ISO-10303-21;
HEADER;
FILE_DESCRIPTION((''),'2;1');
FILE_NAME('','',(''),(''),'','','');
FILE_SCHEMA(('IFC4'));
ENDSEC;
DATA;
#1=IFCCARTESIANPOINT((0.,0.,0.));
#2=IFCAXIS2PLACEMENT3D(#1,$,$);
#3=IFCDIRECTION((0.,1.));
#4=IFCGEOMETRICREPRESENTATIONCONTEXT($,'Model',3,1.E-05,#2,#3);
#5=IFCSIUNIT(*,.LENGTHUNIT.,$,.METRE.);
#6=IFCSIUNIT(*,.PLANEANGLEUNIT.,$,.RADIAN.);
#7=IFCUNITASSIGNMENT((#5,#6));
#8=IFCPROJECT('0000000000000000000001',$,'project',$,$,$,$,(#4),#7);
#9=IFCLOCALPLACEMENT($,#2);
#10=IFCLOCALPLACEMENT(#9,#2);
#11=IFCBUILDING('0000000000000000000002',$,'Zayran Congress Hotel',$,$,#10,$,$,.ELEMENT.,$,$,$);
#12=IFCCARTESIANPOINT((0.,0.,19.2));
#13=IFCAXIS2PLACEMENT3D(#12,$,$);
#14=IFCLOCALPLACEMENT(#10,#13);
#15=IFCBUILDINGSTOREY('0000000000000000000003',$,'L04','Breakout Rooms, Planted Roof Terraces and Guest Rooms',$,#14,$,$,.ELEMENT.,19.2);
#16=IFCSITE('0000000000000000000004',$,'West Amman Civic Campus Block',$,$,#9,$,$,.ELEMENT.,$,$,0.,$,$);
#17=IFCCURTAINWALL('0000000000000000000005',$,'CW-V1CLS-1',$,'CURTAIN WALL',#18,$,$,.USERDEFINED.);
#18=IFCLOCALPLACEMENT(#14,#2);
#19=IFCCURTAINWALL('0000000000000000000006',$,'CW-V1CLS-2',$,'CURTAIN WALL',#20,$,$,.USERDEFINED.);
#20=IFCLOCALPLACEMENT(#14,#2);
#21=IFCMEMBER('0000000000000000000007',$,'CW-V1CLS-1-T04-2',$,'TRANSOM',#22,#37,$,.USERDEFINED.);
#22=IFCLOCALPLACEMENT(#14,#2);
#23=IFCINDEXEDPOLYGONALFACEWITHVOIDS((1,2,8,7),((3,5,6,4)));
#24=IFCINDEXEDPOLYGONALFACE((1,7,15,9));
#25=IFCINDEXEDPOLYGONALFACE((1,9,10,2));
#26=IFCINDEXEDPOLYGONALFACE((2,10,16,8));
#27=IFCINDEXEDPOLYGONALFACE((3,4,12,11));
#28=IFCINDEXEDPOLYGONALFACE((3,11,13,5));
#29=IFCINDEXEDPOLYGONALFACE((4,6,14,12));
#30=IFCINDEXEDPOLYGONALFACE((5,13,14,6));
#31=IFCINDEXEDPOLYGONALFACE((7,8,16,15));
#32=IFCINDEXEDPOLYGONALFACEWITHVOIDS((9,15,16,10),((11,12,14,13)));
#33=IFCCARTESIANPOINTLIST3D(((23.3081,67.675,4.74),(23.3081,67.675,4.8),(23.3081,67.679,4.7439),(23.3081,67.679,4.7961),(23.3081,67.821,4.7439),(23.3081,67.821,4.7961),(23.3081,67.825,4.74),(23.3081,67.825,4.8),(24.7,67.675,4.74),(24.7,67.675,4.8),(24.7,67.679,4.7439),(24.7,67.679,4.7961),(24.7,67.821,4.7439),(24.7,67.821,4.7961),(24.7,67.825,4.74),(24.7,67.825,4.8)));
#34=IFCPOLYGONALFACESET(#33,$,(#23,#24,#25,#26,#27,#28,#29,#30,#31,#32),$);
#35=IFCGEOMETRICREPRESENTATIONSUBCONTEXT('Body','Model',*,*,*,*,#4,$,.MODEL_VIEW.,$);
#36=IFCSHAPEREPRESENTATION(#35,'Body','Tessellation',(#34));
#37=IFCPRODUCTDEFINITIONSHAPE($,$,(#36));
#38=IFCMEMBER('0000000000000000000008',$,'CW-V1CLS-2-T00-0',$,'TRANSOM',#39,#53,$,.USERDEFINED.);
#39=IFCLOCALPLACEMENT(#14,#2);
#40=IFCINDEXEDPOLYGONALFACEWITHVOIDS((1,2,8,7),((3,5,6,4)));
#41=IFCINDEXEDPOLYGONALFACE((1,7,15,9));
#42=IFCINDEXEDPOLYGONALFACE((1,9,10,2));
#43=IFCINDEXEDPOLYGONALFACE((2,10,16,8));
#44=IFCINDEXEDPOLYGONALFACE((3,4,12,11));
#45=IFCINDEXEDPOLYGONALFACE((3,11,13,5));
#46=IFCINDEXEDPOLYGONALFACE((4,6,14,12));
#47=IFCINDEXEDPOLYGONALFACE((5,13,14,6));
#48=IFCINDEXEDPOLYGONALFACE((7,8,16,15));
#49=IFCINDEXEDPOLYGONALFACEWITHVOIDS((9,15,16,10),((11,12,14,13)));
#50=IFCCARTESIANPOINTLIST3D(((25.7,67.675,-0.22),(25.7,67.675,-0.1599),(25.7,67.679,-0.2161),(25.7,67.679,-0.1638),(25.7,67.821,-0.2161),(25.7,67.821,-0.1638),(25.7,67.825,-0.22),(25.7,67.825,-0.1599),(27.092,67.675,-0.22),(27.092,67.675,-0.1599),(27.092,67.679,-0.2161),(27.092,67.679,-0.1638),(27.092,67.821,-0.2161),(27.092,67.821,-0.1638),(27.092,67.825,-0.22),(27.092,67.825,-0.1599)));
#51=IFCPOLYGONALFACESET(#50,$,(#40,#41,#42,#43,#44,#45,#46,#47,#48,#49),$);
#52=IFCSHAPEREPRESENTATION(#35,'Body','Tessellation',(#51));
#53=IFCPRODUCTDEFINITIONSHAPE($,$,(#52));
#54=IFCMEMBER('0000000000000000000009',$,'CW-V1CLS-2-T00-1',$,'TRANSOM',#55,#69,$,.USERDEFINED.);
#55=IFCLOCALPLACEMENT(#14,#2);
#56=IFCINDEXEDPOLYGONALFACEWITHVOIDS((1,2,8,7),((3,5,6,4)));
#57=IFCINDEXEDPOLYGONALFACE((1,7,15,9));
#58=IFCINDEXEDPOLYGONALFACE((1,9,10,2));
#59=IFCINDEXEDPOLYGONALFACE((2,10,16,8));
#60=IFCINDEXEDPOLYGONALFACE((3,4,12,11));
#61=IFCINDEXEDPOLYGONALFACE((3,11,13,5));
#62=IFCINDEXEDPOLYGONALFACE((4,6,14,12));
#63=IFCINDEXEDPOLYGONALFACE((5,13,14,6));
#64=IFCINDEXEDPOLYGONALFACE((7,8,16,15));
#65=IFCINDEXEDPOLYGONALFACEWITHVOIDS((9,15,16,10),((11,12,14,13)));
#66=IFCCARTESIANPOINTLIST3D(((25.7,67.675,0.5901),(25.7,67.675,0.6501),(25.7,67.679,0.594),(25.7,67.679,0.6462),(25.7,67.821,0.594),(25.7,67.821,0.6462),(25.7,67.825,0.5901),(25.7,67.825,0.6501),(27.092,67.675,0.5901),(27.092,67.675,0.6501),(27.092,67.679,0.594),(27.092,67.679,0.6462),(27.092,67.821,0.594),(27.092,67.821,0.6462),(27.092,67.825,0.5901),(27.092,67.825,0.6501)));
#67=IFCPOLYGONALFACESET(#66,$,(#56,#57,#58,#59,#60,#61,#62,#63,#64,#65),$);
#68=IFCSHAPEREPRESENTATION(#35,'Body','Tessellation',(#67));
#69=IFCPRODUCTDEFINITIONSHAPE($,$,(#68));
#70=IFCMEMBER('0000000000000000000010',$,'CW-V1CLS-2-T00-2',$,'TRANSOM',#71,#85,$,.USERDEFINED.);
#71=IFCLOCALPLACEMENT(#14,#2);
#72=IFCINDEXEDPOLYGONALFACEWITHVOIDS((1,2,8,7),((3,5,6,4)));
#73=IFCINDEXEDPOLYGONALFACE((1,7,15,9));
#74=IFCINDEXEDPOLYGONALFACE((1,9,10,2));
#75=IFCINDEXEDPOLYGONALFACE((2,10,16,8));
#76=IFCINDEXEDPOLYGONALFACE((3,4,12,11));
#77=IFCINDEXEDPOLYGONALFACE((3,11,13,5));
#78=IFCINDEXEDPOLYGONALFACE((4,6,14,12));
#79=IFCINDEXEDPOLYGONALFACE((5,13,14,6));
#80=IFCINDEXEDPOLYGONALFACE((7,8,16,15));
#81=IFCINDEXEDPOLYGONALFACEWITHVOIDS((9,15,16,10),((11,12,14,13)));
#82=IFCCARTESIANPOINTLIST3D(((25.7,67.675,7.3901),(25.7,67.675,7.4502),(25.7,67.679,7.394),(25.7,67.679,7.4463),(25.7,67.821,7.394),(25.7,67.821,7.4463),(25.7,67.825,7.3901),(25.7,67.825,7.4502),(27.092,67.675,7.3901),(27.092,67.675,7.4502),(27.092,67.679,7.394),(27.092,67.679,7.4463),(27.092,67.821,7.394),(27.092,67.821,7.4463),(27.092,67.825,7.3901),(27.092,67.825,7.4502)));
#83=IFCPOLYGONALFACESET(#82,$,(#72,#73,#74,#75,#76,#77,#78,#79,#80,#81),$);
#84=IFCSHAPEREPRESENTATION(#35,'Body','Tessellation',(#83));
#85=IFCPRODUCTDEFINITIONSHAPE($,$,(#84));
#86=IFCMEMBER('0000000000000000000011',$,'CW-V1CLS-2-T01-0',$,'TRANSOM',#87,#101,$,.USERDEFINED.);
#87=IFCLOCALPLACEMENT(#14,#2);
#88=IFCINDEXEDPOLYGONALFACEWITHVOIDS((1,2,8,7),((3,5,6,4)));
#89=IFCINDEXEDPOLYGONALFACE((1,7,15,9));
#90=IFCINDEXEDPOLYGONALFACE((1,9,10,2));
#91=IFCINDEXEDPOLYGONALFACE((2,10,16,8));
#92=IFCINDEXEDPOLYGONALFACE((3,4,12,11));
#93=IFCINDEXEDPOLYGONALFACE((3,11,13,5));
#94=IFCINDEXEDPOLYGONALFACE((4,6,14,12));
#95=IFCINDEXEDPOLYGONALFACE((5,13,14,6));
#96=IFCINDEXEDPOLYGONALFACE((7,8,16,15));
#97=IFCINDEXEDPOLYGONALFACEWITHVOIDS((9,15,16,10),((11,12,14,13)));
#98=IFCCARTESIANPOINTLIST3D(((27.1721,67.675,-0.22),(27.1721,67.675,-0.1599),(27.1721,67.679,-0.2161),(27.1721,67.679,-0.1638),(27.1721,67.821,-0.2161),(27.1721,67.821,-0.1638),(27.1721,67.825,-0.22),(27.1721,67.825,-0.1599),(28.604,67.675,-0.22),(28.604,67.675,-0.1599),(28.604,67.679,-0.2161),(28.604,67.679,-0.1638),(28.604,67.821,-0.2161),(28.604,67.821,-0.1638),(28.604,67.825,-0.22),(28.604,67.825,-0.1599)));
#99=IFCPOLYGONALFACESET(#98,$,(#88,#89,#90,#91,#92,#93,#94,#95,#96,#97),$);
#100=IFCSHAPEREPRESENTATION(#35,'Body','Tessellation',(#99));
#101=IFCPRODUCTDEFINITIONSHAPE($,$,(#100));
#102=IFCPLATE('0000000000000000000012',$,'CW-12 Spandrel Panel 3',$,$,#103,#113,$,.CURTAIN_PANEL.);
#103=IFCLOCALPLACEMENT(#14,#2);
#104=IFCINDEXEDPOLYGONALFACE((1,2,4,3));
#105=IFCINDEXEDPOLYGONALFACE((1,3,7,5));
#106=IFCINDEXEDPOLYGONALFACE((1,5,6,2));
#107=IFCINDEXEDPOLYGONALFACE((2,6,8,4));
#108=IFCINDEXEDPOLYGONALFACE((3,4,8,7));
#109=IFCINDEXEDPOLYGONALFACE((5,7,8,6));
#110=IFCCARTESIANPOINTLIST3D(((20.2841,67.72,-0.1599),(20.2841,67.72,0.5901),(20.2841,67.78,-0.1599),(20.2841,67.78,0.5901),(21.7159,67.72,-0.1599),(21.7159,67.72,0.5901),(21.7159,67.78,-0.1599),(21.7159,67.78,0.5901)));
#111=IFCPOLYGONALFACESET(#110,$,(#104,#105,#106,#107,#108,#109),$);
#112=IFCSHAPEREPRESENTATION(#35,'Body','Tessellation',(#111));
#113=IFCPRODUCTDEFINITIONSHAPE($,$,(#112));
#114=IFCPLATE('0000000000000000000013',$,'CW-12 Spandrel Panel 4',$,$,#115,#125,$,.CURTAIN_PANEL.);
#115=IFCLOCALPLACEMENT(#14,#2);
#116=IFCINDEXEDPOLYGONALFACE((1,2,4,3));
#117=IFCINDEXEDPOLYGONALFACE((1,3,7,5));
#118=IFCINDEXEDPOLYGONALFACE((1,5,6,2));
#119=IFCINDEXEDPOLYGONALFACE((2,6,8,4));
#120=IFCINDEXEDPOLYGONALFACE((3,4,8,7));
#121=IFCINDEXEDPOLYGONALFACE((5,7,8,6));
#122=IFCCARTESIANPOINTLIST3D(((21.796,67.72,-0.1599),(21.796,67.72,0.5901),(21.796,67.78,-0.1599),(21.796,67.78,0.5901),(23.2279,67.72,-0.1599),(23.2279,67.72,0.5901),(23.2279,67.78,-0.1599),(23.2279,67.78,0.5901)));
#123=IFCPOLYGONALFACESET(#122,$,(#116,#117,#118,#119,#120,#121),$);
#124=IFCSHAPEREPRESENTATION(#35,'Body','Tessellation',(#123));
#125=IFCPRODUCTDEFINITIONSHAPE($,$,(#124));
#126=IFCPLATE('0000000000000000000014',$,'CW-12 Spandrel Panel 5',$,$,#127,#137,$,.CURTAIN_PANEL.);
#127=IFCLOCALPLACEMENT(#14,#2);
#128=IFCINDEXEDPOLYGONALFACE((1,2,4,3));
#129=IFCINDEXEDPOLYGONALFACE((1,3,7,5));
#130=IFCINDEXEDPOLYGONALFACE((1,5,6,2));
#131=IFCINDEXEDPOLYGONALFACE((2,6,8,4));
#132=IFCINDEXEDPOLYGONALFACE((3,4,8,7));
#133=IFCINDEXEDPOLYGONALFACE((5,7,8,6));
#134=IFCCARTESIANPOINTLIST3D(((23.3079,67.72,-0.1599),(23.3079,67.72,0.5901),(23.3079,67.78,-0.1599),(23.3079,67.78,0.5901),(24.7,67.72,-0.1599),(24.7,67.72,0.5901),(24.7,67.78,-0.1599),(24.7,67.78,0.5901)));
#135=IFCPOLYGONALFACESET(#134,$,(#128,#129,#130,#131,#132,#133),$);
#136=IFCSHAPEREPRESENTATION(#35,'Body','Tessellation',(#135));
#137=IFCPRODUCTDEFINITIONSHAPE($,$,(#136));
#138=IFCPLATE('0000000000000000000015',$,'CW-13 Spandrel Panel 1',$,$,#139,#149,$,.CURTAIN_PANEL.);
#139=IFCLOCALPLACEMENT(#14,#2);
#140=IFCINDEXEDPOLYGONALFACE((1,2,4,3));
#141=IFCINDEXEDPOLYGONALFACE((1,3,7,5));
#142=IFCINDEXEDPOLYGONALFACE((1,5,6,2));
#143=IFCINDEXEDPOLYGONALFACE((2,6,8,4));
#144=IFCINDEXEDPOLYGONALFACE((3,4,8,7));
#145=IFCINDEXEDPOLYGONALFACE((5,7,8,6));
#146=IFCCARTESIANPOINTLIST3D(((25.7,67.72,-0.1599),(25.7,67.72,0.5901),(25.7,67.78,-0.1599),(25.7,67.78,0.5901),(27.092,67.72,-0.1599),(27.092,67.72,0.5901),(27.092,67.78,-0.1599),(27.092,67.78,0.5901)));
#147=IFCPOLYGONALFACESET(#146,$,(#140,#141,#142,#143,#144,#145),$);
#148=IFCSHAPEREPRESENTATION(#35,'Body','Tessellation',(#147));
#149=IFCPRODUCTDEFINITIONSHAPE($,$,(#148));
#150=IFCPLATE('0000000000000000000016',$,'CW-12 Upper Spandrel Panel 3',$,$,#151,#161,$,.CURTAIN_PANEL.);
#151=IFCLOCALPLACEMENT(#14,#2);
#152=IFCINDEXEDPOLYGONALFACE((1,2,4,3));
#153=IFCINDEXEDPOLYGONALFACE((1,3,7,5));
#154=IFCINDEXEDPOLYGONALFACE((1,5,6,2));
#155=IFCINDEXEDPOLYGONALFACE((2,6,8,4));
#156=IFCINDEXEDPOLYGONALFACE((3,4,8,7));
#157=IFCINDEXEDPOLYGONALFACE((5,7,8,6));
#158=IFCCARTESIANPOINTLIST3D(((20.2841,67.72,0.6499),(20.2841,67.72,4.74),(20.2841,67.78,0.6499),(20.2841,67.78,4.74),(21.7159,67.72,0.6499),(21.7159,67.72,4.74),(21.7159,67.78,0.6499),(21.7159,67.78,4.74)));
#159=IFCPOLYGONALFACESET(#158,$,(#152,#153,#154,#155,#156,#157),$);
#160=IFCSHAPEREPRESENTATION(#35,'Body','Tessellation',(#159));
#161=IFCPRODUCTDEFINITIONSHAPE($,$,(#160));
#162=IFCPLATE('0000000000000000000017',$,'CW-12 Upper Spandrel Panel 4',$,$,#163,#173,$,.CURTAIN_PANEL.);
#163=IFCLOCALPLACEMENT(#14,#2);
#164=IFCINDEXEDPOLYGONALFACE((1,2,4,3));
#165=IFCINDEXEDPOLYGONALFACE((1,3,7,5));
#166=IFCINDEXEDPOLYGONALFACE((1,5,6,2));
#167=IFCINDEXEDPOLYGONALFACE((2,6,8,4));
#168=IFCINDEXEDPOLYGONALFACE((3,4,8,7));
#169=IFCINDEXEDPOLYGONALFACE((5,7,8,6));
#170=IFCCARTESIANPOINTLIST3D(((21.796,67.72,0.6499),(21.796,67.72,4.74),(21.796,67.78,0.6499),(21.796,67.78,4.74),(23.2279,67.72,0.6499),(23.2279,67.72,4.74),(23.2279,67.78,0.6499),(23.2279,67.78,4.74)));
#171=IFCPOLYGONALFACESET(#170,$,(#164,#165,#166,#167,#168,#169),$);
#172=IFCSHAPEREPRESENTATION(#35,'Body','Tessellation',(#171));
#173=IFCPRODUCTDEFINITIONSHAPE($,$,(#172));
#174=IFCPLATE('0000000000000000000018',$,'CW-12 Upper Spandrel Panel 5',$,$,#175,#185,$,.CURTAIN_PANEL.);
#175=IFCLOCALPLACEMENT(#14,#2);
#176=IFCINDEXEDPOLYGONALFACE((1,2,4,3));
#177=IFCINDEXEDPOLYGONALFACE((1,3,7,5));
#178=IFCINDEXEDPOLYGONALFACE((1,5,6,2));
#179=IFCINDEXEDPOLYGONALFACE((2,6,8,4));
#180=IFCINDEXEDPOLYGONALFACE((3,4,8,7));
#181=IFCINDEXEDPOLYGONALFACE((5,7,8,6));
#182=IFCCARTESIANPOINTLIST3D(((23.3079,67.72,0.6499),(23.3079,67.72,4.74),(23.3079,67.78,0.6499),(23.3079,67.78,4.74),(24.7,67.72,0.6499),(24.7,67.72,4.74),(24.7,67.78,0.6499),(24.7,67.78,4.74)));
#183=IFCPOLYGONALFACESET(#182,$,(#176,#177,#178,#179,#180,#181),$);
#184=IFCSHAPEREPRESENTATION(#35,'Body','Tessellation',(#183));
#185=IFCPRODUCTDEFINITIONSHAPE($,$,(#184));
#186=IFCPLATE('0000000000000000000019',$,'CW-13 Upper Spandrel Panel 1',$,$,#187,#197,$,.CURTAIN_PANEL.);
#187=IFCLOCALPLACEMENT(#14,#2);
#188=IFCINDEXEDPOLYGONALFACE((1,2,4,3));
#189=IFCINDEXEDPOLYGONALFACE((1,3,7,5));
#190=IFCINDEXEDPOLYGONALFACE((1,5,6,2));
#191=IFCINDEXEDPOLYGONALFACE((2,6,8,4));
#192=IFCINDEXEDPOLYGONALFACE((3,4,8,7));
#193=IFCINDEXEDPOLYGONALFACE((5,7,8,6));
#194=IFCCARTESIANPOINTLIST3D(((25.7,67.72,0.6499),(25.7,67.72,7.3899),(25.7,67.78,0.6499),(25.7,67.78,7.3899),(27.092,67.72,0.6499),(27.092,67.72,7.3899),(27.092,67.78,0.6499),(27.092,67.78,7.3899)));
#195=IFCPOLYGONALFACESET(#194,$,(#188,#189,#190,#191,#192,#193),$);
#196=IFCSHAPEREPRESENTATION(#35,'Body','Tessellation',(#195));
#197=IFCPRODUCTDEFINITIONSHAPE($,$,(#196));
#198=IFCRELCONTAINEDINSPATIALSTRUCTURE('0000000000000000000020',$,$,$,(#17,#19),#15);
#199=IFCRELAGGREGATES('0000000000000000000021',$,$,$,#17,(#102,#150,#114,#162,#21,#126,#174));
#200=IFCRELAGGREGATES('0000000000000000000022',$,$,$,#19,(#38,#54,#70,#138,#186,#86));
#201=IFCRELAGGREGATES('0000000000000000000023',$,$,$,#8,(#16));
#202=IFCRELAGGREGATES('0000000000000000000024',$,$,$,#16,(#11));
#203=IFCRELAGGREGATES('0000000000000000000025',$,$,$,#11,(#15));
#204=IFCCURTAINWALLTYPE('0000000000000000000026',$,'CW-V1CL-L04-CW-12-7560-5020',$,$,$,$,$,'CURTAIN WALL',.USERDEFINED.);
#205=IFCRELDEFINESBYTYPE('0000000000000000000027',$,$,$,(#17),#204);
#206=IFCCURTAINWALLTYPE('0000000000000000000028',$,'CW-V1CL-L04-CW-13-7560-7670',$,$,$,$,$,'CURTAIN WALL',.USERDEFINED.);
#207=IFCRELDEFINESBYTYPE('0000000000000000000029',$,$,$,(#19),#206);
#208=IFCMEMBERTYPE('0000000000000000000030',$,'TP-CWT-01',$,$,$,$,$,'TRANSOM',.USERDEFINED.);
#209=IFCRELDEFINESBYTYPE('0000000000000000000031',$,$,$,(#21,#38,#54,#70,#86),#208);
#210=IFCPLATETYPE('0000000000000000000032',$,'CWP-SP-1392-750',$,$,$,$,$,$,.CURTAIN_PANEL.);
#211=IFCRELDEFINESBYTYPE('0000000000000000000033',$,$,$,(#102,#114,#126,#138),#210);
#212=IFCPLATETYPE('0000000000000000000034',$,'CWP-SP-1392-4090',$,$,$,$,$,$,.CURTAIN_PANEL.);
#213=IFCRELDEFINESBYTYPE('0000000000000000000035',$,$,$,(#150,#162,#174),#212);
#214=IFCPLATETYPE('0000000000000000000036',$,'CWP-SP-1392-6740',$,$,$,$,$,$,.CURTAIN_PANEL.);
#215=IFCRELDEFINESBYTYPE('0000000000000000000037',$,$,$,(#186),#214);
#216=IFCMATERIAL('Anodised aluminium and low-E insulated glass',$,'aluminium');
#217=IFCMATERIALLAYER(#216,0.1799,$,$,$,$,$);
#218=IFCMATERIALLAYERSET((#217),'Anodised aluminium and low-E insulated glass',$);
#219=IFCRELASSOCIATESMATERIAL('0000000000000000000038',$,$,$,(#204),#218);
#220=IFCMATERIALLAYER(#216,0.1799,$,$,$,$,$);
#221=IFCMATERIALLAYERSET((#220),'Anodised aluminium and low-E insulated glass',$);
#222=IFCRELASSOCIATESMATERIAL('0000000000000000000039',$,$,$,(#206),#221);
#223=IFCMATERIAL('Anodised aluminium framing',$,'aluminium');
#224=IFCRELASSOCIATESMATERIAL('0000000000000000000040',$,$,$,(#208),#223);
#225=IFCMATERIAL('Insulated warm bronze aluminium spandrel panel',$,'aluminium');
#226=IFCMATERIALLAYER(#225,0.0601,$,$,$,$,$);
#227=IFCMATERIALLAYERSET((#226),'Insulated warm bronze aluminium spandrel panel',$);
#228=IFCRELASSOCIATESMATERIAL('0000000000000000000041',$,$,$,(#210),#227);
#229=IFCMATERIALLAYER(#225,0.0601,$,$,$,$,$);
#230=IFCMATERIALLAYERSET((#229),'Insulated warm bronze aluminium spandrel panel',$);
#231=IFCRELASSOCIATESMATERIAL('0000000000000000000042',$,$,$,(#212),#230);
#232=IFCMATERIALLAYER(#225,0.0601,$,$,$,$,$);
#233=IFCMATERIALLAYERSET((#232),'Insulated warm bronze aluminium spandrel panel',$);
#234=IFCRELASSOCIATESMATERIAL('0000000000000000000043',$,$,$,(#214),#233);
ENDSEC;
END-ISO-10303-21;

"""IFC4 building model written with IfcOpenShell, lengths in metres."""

from ifc_helpers import new_model, si_unit, direction, frame, origin, origin_2d, place, context, subcontext, project, spatial, rectangle, hollow_rectangle, extrude, material, layer, layer_set, material_profile, profile_set, type_object, element, aggregate, save


model = new_model("IFC4")

# Units and contexts
model_context = context("Model", 3, precision=1e-05, world=origin(), true_north=direction((0.0, 1.0)))
body_context = subcontext(model_context, "Body", "Model", "MODEL_VIEW")
ifc_project = project(units=[si_unit("LENGTHUNIT", "METRE"), si_unit("PLANEANGLEUNIT", "RADIAN")], contexts=[model_context])

# Site, building, storey
site_placement = place(None, origin())
site = spatial("IfcSite", under=ifc_project, at=site_placement, Name="West Amman Civic Campus Block", CompositionType="ELEMENT", RefElevation=0.0)
building_placement = place(site_placement, origin())
building = spatial("IfcBuilding", under=site, at=building_placement, Name="Zayran Congress Hotel", CompositionType="ELEMENT")
storey_placement = place(building_placement, frame((0.0, 0.0, 19.2)))
storey = spatial("IfcBuildingStorey", under=building, at=storey_placement, Name="L04", Description="Breakout Rooms, Planted Roof Terraces and Guest Rooms", CompositionType="ELEMENT", Elevation=19.2)

# Curtain walls
ifc_material_1 = material(Name="Anodised aluminium and low-E insulated glass", Category="aluminium")
ifc_layer_1 = layer(ifc_material_1, 0.1799)
ifc_layer_set_1 = layer_set([ifc_layer_1], Name="Anodised aluminium and low-E insulated glass")
curtain_wall_type_1 = type_object("IfcCurtainWallType", Name="CW-V1CL-L04-CW-12-7560-5020", ElementType="CURTAIN WALL", PredefinedType="USERDEFINED", material=ifc_layer_set_1)
curtain_wall_1_placement = place(storey_placement, origin())
curtain_wall_1 = element("IfcCurtainWall", 1, at=curtain_wall_1_placement, inside=storey, type_object=curtain_wall_type_1, Name="CW-V1CLS-1", ObjectType="CURTAIN WALL", PredefinedType="USERDEFINED")
ifc_material_2 = material(Name="Anodised aluminium framing", Category="aluminium")
ifc_layer_2 = layer(ifc_material_1, 0.1799)
ifc_layer_set_2 = layer_set([ifc_layer_2], Name="Anodised aluminium and low-E insulated glass")
curtain_wall_type_2 = type_object("IfcCurtainWallType", Name="CW-V1CL-L04-CW-13-7560-7670", ElementType="CURTAIN WALL", PredefinedType="USERDEFINED", material=ifc_layer_set_2)
curtain_wall_2_placement = place(storey_placement, origin())
curtain_wall_2 = element("IfcCurtainWall", 2, at=curtain_wall_2_placement, inside=storey, type_object=curtain_wall_type_2, Name="CW-V1CLS-2", ObjectType="CURTAIN WALL", PredefinedType="USERDEFINED")

# Members
ifc_material_profile_1 = material_profile(ifc_material_2, hollow_rectangle(XDim=0.0601, YDim=0.1499, WallThickness=0.0039, at=origin_2d()), Name="RHS 150x60x4")
ifc_profile_set_1 = profile_set([ifc_material_profile_1], Name="Anodised aluminium framing")
member_type_1 = type_object("IfcMemberType", Name="TP-CWT-01", ElementType="TRANSOM", PredefinedType="USERDEFINED", material=ifc_profile_set_1)
member_1_placement = place(storey_placement, frame((23.3081, 67.75, 4.77), z_axis=(1.0, 0.0, 0.0), x_axis=(0.0, 0.0, 1.0)))
member_1 = element("IfcMember", 3, at=member_1_placement, type_object=member_type_1, Name="CW-V1CLS-1-T04-2", ObjectType="TRANSOM", PredefinedType="USERDEFINED", context=body_context, shape_type="SweptSolid", body=[
    extrude(hollow_rectangle(XDim=0.0601, YDim=0.1499, WallThickness=0.0039, at=origin_2d()), origin(), (0.0, 0.0, 1.0), 1.3918),
])
member_2_placement = place(storey_placement, frame((25.7, 67.75, -0.1899), z_axis=(1.0, 0.0, 0.0), x_axis=(0.0, 0.0, 1.0)))
member_2 = element("IfcMember", 4, at=member_2_placement, type_object=member_type_1, Name="CW-V1CLS-2-T00-0", ObjectType="TRANSOM", PredefinedType="USERDEFINED", context=body_context, shape_type="SweptSolid", body=[
    extrude(hollow_rectangle(XDim=0.0601, YDim=0.1499, WallThickness=0.0039, at=origin_2d()), origin(), (0.0, 0.0, 1.0), 1.3921),
])
member_3_placement = place(storey_placement, frame((25.7, 67.75, 0.6201), z_axis=(1.0, 0.0, 0.0), x_axis=(0.0, 0.0, 1.0)))
member_3 = element("IfcMember", 5, at=member_3_placement, type_object=member_type_1, Name="CW-V1CLS-2-T00-1", ObjectType="TRANSOM", PredefinedType="USERDEFINED", context=body_context, shape_type="SweptSolid", body=[
    extrude(hollow_rectangle(XDim=0.0601, YDim=0.1499, WallThickness=0.0039, at=origin_2d()), origin(), (0.0, 0.0, 1.0), 1.3921),
])
member_4_placement = place(storey_placement, frame((25.7, 67.75, 7.4202), z_axis=(1.0, 0.0, 0.0), x_axis=(0.0, 0.0, 1.0)))
member_4 = element("IfcMember", 6, at=member_4_placement, type_object=member_type_1, Name="CW-V1CLS-2-T00-2", ObjectType="TRANSOM", PredefinedType="USERDEFINED", context=body_context, shape_type="SweptSolid", body=[
    extrude(hollow_rectangle(XDim=0.0601, YDim=0.1499, WallThickness=0.0039, at=origin_2d()), origin(), (0.0, 0.0, 1.0), 1.3921),
])
member_5_placement = place(storey_placement, frame((27.1721, 67.75, -0.1899), z_axis=(1.0, 0.0, 0.0), x_axis=(0.0, 0.0, 1.0)))
member_5 = element("IfcMember", 7, at=member_5_placement, type_object=member_type_1, Name="CW-V1CLS-2-T01-0", ObjectType="TRANSOM", PredefinedType="USERDEFINED", context=body_context, shape_type="SweptSolid", body=[
    extrude(hollow_rectangle(XDim=0.0601, YDim=0.1499, WallThickness=0.0039, at=origin_2d()), origin(), (0.0, 0.0, 1.0), 1.4319),
])

# Plates
ifc_material_3 = material(Name="Insulated warm bronze aluminium spandrel panel", Category="aluminium")
ifc_layer_3 = layer(ifc_material_3, 0.0601)
ifc_layer_set_3 = layer_set([ifc_layer_3], Name="Insulated warm bronze aluminium spandrel panel")
plate_type_1 = type_object("IfcPlateType", Name="CWP-SP-1392-750", PredefinedType="CURTAIN_PANEL", material=ifc_layer_set_3)
plate_1_placement = place(storey_placement, frame((21.0, 67.75, -0.1599), z_axis=(0.0, 0.0, 1.0), x_axis=(1.0, 0.0, 0.0)))
plate_1 = element("IfcPlate", 8, at=plate_1_placement, type_object=plate_type_1, Name="CW-12 Spandrel Panel 3", PredefinedType="CURTAIN_PANEL", context=body_context, shape_type="SweptSolid", body=[
    extrude(rectangle(XDim=1.4319, YDim=0.0601, at=origin_2d()), origin(), (0.0, 0.0, 1.0), 0.75),
])
plate_2_placement = place(storey_placement, frame((22.512, 67.75, -0.1599), z_axis=(0.0, 0.0, 1.0), x_axis=(1.0, 0.0, 0.0)))
plate_2 = element("IfcPlate", 9, at=plate_2_placement, type_object=plate_type_1, Name="CW-12 Spandrel Panel 4", PredefinedType="CURTAIN_PANEL", context=body_context, shape_type="SweptSolid", body=[
    extrude(rectangle(XDim=1.4319, YDim=0.0601, at=origin_2d()), origin(), (0.0, 0.0, 1.0), 0.75),
])
plate_3_placement = place(storey_placement, frame((24.0039, 67.75, -0.1599), z_axis=(0.0, 0.0, 1.0), x_axis=(1.0, 0.0, 0.0)))
plate_3 = element("IfcPlate", 10, at=plate_3_placement, type_object=plate_type_1, Name="CW-12 Spandrel Panel 5", PredefinedType="CURTAIN_PANEL", context=body_context, shape_type="SweptSolid", body=[
    extrude(rectangle(XDim=1.3921, YDim=0.0601, at=origin_2d()), origin(), (0.0, 0.0, 1.0), 0.75),
])
plate_4_placement = place(storey_placement, frame((26.396, 67.75, -0.1599), z_axis=(0.0, 0.0, 1.0), x_axis=(1.0, 0.0, 0.0)))
plate_4 = element("IfcPlate", 11, at=plate_4_placement, type_object=plate_type_1, Name="CW-13 Spandrel Panel 1", PredefinedType="CURTAIN_PANEL", context=body_context, shape_type="SweptSolid", body=[
    extrude(rectangle(XDim=1.3921, YDim=0.0601, at=origin_2d()), origin(), (0.0, 0.0, 1.0), 0.75),
])
ifc_layer_4 = layer(ifc_material_3, 0.0601)
ifc_layer_set_4 = layer_set([ifc_layer_4], Name="Insulated warm bronze aluminium spandrel panel")
plate_type_2 = type_object("IfcPlateType", Name="CWP-SP-1392-4090", PredefinedType="CURTAIN_PANEL", material=ifc_layer_set_4)
plate_5_placement = place(storey_placement, frame((21.0, 67.75, 0.6499), z_axis=(0.0, 0.0, 1.0), x_axis=(1.0, 0.0, 0.0)))
plate_5 = element("IfcPlate", 12, at=plate_5_placement, type_object=plate_type_2, Name="CW-12 Upper Spandrel Panel 3", PredefinedType="CURTAIN_PANEL", context=body_context, shape_type="SweptSolid", body=[
    extrude(rectangle(XDim=1.4319, YDim=0.0601, at=origin_2d()), origin(), (0.0, 0.0, 1.0), 4.0901),
])
plate_6_placement = place(storey_placement, frame((22.512, 67.75, 0.6499), z_axis=(0.0, 0.0, 1.0), x_axis=(1.0, 0.0, 0.0)))
plate_6 = element("IfcPlate", 13, at=plate_6_placement, type_object=plate_type_2, Name="CW-12 Upper Spandrel Panel 4", PredefinedType="CURTAIN_PANEL", context=body_context, shape_type="SweptSolid", body=[
    extrude(rectangle(XDim=1.4319, YDim=0.0601, at=origin_2d()), origin(), (0.0, 0.0, 1.0), 4.0901),
])
plate_7_placement = place(storey_placement, frame((24.0039, 67.75, 0.6499), z_axis=(0.0, 0.0, 1.0), x_axis=(1.0, 0.0, 0.0)))
plate_7 = element("IfcPlate", 14, at=plate_7_placement, type_object=plate_type_2, Name="CW-12 Upper Spandrel Panel 5", PredefinedType="CURTAIN_PANEL", context=body_context, shape_type="SweptSolid", body=[
    extrude(rectangle(XDim=1.3921, YDim=0.0601, at=origin_2d()), origin(), (0.0, 0.0, 1.0), 4.0901),
])
aggregate(curtain_wall_1, [plate_1, plate_5, plate_2, plate_6, member_1, plate_3, plate_7])
ifc_layer_5 = layer(ifc_material_3, 0.0601)
ifc_layer_set_5 = layer_set([ifc_layer_5], Name="Insulated warm bronze aluminium spandrel panel")
plate_type_3 = type_object("IfcPlateType", Name="CWP-SP-1392-6740", PredefinedType="CURTAIN_PANEL", material=ifc_layer_set_5)
plate_8_placement = place(storey_placement, frame((26.396, 67.75, 0.6499), z_axis=(0.0, 0.0, 1.0), x_axis=(1.0, 0.0, 0.0)))
plate_8 = element("IfcPlate", 15, at=plate_8_placement, type_object=plate_type_3, Name="CW-13 Upper Spandrel Panel 1", PredefinedType="CURTAIN_PANEL", context=body_context, shape_type="SweptSolid", body=[
    extrude(rectangle(XDim=1.3921, YDim=0.0601, at=origin_2d()), origin(), (0.0, 0.0, 1.0), 6.74),
])
aggregate(curtain_wall_2, [member_2, member_3, member_4, plate_4, plate_8, member_5])

save(model, "model.ifc")
